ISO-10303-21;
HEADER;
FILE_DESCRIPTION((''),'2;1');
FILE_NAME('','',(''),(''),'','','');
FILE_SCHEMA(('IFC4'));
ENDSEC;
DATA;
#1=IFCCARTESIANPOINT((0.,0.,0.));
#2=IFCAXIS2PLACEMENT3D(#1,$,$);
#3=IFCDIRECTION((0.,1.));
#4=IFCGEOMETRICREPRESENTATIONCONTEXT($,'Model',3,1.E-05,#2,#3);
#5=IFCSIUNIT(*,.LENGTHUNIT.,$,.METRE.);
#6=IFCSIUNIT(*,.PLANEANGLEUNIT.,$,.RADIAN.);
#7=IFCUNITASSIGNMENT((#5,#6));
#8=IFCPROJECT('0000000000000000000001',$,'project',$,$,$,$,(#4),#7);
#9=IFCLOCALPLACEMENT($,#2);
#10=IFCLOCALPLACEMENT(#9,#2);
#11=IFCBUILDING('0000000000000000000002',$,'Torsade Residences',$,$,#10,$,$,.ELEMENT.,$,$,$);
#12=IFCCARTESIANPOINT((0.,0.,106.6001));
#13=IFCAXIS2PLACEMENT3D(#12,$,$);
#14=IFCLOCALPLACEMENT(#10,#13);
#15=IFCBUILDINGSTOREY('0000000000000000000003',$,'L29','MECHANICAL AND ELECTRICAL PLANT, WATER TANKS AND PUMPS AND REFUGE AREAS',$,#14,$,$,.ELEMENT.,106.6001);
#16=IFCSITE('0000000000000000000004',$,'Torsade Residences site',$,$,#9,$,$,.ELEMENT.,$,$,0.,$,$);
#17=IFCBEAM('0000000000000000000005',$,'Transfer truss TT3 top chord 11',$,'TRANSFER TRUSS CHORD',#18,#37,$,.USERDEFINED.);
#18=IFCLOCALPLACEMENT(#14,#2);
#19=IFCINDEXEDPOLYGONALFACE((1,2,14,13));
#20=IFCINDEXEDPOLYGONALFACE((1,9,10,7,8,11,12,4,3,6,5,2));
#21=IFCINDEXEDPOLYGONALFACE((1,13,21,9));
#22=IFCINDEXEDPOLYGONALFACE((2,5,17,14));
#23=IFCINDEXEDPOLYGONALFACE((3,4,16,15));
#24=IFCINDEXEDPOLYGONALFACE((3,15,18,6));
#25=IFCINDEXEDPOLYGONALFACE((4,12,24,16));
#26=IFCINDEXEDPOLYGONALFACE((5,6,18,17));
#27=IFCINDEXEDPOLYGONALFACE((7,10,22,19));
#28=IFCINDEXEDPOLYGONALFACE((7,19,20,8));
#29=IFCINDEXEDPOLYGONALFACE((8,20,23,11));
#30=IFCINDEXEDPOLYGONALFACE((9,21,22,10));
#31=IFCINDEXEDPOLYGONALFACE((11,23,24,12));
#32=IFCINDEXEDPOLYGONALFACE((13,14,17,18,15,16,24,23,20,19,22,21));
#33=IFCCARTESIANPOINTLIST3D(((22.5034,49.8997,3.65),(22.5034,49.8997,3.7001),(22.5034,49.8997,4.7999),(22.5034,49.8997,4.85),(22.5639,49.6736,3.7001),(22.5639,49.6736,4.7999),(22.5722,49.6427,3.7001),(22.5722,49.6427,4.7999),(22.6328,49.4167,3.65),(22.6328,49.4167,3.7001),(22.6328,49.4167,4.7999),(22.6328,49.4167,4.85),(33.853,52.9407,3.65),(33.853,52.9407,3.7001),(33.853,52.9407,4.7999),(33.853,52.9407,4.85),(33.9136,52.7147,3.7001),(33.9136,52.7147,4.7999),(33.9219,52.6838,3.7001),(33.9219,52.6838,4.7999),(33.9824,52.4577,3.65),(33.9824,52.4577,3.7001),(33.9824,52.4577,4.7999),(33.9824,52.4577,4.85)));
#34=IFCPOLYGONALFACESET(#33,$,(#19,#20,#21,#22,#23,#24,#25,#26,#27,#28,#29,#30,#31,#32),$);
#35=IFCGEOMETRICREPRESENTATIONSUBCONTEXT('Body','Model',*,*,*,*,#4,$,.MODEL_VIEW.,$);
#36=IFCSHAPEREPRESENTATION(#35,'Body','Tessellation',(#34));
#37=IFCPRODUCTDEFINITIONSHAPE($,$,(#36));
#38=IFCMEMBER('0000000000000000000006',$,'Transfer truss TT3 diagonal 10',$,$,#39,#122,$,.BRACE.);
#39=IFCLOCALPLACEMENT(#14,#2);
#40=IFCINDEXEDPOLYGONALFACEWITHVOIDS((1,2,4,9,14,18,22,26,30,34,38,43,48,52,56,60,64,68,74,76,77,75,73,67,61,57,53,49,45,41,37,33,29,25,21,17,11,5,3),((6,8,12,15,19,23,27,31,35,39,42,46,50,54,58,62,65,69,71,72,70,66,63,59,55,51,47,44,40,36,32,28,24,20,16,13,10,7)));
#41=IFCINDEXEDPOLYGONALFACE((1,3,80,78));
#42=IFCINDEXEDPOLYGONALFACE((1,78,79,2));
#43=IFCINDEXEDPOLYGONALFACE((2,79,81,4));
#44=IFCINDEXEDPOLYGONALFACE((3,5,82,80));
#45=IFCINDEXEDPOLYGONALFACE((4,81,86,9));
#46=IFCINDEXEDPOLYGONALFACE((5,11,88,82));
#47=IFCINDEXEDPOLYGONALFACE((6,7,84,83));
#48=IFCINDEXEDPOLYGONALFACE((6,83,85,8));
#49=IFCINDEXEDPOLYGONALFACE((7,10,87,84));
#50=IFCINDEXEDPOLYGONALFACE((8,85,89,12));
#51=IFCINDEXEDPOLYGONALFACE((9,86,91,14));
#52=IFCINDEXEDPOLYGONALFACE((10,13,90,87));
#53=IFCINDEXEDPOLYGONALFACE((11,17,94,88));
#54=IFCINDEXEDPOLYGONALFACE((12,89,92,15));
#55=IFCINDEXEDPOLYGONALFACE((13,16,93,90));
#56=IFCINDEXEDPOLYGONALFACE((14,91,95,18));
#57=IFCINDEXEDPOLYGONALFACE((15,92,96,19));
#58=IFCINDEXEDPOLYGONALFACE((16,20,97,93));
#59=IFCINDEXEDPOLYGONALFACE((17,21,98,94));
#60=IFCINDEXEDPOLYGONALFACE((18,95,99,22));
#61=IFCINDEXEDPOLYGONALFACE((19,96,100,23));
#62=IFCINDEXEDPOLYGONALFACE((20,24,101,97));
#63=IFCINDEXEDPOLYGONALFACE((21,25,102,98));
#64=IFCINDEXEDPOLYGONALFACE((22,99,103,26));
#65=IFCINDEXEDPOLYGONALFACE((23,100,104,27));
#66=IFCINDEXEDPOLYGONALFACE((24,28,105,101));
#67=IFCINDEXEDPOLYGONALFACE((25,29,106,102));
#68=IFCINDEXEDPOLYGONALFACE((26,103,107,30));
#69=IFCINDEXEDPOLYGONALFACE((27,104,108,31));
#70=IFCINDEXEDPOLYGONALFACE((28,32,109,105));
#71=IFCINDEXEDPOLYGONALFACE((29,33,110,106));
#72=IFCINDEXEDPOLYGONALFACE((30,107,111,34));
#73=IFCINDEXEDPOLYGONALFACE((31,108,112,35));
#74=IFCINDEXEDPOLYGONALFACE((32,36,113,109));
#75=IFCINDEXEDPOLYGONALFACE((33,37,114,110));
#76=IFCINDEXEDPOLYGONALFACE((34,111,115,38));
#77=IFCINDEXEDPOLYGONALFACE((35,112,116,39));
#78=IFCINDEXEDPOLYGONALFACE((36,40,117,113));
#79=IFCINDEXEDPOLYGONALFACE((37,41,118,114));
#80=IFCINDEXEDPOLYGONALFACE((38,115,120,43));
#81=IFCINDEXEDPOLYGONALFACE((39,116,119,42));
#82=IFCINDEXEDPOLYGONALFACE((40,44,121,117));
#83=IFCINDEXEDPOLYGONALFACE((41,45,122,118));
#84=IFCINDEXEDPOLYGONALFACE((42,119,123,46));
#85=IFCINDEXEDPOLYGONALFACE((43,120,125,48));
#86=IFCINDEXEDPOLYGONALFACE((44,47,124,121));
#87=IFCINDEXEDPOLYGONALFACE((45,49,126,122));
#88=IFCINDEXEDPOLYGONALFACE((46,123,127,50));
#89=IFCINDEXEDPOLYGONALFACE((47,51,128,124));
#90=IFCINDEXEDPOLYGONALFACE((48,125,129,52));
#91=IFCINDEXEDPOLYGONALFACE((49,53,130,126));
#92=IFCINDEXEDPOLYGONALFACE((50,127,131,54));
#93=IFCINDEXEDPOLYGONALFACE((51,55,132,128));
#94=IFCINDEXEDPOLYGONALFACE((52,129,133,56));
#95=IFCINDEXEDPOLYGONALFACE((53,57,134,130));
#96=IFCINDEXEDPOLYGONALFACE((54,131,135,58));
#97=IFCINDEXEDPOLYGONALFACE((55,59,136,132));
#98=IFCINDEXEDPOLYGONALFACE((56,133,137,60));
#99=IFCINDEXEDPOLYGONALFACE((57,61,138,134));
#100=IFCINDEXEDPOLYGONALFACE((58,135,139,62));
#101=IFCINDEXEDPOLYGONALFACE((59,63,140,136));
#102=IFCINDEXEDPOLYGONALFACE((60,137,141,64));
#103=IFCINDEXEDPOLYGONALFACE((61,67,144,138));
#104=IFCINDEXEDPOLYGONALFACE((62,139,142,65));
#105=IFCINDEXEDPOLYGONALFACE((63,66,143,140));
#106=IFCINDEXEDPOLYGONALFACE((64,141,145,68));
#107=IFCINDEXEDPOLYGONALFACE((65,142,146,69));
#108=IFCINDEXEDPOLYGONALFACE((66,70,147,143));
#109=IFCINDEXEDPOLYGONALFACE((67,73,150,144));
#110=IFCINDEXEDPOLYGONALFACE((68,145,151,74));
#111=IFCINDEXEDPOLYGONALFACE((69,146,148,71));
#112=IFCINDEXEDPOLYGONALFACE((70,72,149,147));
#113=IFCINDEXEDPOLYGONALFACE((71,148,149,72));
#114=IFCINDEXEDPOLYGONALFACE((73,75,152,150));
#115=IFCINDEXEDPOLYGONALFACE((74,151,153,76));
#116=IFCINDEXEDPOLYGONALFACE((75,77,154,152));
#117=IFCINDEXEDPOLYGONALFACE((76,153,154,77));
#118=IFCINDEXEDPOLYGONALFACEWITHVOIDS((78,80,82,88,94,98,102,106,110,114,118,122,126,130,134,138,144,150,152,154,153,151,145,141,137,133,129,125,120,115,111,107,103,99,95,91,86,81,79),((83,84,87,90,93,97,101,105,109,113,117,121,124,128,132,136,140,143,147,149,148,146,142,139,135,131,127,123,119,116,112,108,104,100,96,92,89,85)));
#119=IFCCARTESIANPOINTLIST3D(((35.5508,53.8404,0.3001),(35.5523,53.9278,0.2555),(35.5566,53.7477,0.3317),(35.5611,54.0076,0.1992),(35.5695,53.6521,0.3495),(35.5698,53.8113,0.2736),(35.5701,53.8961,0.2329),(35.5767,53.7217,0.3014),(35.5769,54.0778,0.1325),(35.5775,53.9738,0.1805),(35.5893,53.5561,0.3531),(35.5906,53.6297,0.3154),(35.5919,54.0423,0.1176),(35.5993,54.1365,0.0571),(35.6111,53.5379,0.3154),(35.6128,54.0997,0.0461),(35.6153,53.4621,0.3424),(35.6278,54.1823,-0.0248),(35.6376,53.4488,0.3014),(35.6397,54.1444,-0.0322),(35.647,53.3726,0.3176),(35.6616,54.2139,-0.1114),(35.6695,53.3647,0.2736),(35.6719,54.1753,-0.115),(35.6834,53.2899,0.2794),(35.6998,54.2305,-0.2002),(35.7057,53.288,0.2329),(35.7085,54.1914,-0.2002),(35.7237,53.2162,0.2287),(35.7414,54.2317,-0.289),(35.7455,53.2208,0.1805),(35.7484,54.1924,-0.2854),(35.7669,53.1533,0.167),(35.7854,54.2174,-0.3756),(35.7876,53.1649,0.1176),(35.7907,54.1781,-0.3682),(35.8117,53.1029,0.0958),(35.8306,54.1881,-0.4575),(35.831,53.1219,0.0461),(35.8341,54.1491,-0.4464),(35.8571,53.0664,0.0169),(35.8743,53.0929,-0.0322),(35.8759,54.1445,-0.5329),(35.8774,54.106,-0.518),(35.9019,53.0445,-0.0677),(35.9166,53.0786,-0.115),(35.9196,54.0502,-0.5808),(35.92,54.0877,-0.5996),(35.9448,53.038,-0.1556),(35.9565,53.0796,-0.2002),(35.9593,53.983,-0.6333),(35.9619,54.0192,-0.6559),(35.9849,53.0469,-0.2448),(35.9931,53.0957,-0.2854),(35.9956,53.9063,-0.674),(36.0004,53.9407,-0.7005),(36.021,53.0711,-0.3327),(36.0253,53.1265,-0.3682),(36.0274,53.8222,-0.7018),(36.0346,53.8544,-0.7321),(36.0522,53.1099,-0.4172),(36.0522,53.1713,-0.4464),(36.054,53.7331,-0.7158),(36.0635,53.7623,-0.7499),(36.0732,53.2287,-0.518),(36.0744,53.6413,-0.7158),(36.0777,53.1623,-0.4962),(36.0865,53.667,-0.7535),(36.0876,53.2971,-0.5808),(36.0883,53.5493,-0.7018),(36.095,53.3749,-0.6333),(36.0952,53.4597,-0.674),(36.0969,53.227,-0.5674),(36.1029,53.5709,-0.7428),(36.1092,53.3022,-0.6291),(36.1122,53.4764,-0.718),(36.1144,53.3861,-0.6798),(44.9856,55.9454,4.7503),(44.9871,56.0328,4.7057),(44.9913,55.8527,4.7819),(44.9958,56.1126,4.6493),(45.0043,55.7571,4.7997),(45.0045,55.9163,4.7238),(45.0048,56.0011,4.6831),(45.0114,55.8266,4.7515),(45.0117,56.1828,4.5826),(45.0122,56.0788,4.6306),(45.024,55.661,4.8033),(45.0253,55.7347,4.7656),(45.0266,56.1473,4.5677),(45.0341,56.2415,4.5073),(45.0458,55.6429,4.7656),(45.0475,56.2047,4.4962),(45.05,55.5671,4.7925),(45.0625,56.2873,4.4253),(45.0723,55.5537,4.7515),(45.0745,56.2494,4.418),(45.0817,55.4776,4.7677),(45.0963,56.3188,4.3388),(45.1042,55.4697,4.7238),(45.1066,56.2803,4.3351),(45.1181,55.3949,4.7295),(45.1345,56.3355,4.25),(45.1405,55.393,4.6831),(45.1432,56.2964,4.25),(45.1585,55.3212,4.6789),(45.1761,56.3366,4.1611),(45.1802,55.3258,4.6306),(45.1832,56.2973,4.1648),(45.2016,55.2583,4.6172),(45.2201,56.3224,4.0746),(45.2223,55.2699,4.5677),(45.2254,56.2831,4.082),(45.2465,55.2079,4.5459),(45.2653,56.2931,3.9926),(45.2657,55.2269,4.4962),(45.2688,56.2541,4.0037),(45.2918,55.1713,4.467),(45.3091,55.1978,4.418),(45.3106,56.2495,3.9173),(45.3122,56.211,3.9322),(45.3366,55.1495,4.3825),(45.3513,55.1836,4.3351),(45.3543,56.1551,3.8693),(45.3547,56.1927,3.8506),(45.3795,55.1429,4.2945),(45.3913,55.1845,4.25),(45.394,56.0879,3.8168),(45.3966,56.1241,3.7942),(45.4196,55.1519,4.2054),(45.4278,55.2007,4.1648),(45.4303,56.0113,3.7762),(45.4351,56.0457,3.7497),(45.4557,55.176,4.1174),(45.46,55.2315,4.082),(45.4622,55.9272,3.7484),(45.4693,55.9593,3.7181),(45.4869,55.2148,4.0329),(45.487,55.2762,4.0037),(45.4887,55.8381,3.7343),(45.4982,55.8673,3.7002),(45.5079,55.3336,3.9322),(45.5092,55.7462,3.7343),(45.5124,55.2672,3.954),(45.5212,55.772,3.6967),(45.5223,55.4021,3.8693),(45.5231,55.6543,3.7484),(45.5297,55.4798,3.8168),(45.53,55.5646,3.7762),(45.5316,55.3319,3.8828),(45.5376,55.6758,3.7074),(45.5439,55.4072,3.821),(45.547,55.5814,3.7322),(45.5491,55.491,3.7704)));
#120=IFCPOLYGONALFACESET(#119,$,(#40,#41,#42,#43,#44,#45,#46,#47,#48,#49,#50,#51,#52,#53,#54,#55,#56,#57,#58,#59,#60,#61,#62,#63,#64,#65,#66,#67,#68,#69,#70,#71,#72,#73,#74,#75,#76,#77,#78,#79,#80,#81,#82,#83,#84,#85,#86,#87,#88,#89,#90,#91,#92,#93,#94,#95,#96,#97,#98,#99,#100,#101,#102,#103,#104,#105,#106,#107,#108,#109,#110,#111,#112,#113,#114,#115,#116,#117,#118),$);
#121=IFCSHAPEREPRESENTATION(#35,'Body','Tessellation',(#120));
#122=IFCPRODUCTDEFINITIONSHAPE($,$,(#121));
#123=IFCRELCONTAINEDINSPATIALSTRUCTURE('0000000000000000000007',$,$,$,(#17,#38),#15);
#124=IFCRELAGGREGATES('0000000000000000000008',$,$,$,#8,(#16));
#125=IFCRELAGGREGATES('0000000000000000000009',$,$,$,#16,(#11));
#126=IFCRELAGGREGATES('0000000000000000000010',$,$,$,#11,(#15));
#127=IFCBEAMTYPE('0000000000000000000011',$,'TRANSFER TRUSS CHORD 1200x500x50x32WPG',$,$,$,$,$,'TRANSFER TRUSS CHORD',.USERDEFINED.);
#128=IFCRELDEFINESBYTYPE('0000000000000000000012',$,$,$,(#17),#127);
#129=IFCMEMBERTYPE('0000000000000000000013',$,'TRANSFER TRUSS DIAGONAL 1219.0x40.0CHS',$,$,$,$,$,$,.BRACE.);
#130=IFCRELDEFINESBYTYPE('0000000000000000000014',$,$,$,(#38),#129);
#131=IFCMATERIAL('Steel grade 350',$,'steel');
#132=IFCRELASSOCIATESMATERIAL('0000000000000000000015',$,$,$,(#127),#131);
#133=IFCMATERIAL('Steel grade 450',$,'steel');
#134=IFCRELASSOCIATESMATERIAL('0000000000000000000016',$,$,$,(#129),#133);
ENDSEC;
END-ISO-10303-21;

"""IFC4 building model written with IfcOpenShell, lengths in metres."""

from ifc_helpers import new_model, si_unit, direction, frame, origin, origin_2d, place, context, subcontext, project, spatial, hollow_circle, i_section, extrude, material, material_profile, profile_set, type_object, element, save


model = new_model("IFC4")

# Units and contexts
model_context = context("Model", 3, precision=1e-05, world=origin(), true_north=direction((0.0, 1.0)))
body_context = subcontext(model_context, "Body", "Model", "MODEL_VIEW")
ifc_project = project(units=[si_unit("LENGTHUNIT", "METRE"), si_unit("PLANEANGLEUNIT", "RADIAN")], contexts=[model_context])

# Site, building, storey
site_placement = place(None, origin())
site = spatial("IfcSite", under=ifc_project, at=site_placement, Name="Torsade Residences site", CompositionType="ELEMENT", RefElevation=0.0)
building_placement = place(site_placement, origin())
building = spatial("IfcBuilding", under=site, at=building_placement, Name="Torsade Residences", CompositionType="ELEMENT")
storey_placement = place(building_placement, frame((0.0, 0.0, 106.6001)))
storey = spatial("IfcBuildingStorey", under=building, at=storey_placement, Name="L29", Description="MECHANICAL AND ELECTRICAL PLANT, WATER TANKS AND PUMPS AND REFUGE AREAS", CompositionType="ELEMENT", Elevation=106.6001)

# Beam
ifc_material_1 = material(Name="Steel grade 350", Category="steel")
ifc_material_profile_1 = material_profile(ifc_material_1, i_section(OverallWidth=0.5, OverallDepth=1.2, WebThickness=0.032, FlangeThickness=0.05, at=origin_2d()), Name="1200x500x50x32WPG")
ifc_profile_set_1 = profile_set([ifc_material_profile_1], Name="Steel grade 350")
beam_type_1 = type_object("IfcBeamType", Name="TRANSFER TRUSS CHORD 1200x500x50x32WPG", ElementType="TRANSFER TRUSS CHORD", PredefinedType="USERDEFINED", material=ifc_profile_set_1)
beam_1_placement = place(storey_placement, frame((33.9177, 52.6992, 4.25), z_axis=(-0.965928, -0.258811, 0.0), x_axis=(0.258811, -0.965928, 0.0)))
element("IfcBeam", 1, at=beam_1_placement, inside=storey, type_object=beam_type_1, Name="Transfer truss TT3 top chord 11", ObjectType="TRANSFER TRUSS CHORD", PredefinedType="USERDEFINED", context=body_context, shape_type="SweptSolid", body=[
    extrude(i_section(OverallWidth=0.5, OverallDepth=1.2, WebThickness=0.032, FlangeThickness=0.05, at=origin_2d()), origin(), (0.0, 0.0, 1.0), 11.75),
])

# Member
ifc_material_2 = material(Name="Steel grade 450", Category="steel")
ifc_material_profile_2 = material_profile(ifc_material_2, hollow_circle(Radius=0.6096, WallThickness=0.04, at=origin_2d()), Name="1219.0x40.0CHS")
ifc_profile_set_2 = profile_set([ifc_material_profile_2], Name="Steel grade 450")
member_type_1 = type_object("IfcMemberType", Name="TRANSFER TRUSS DIAGONAL 1219.0x40.0CHS", PredefinedType="BRACE", material=ifc_profile_set_2)
member_1_placement = place(storey_placement, frame((35.8325, 53.6355, -0.2002), z_axis=(0.886569, 0.1978, 0.418175), x_axis=(-0.217754, 0.976004, 0.0)))
element("IfcMember", 2, at=member_1_placement, inside=storey, type_object=member_type_1, Name="Transfer truss TT3 diagonal 10", PredefinedType="BRACE", context=body_context, shape_type="SweptSolid", body=[
    extrude(hollow_circle(Radius=0.6096, WallThickness=0.04, at=origin_2d()), origin(), (0.0, 0.0, 1.0), 10.6418),
])

save(model, "model.ifc")
